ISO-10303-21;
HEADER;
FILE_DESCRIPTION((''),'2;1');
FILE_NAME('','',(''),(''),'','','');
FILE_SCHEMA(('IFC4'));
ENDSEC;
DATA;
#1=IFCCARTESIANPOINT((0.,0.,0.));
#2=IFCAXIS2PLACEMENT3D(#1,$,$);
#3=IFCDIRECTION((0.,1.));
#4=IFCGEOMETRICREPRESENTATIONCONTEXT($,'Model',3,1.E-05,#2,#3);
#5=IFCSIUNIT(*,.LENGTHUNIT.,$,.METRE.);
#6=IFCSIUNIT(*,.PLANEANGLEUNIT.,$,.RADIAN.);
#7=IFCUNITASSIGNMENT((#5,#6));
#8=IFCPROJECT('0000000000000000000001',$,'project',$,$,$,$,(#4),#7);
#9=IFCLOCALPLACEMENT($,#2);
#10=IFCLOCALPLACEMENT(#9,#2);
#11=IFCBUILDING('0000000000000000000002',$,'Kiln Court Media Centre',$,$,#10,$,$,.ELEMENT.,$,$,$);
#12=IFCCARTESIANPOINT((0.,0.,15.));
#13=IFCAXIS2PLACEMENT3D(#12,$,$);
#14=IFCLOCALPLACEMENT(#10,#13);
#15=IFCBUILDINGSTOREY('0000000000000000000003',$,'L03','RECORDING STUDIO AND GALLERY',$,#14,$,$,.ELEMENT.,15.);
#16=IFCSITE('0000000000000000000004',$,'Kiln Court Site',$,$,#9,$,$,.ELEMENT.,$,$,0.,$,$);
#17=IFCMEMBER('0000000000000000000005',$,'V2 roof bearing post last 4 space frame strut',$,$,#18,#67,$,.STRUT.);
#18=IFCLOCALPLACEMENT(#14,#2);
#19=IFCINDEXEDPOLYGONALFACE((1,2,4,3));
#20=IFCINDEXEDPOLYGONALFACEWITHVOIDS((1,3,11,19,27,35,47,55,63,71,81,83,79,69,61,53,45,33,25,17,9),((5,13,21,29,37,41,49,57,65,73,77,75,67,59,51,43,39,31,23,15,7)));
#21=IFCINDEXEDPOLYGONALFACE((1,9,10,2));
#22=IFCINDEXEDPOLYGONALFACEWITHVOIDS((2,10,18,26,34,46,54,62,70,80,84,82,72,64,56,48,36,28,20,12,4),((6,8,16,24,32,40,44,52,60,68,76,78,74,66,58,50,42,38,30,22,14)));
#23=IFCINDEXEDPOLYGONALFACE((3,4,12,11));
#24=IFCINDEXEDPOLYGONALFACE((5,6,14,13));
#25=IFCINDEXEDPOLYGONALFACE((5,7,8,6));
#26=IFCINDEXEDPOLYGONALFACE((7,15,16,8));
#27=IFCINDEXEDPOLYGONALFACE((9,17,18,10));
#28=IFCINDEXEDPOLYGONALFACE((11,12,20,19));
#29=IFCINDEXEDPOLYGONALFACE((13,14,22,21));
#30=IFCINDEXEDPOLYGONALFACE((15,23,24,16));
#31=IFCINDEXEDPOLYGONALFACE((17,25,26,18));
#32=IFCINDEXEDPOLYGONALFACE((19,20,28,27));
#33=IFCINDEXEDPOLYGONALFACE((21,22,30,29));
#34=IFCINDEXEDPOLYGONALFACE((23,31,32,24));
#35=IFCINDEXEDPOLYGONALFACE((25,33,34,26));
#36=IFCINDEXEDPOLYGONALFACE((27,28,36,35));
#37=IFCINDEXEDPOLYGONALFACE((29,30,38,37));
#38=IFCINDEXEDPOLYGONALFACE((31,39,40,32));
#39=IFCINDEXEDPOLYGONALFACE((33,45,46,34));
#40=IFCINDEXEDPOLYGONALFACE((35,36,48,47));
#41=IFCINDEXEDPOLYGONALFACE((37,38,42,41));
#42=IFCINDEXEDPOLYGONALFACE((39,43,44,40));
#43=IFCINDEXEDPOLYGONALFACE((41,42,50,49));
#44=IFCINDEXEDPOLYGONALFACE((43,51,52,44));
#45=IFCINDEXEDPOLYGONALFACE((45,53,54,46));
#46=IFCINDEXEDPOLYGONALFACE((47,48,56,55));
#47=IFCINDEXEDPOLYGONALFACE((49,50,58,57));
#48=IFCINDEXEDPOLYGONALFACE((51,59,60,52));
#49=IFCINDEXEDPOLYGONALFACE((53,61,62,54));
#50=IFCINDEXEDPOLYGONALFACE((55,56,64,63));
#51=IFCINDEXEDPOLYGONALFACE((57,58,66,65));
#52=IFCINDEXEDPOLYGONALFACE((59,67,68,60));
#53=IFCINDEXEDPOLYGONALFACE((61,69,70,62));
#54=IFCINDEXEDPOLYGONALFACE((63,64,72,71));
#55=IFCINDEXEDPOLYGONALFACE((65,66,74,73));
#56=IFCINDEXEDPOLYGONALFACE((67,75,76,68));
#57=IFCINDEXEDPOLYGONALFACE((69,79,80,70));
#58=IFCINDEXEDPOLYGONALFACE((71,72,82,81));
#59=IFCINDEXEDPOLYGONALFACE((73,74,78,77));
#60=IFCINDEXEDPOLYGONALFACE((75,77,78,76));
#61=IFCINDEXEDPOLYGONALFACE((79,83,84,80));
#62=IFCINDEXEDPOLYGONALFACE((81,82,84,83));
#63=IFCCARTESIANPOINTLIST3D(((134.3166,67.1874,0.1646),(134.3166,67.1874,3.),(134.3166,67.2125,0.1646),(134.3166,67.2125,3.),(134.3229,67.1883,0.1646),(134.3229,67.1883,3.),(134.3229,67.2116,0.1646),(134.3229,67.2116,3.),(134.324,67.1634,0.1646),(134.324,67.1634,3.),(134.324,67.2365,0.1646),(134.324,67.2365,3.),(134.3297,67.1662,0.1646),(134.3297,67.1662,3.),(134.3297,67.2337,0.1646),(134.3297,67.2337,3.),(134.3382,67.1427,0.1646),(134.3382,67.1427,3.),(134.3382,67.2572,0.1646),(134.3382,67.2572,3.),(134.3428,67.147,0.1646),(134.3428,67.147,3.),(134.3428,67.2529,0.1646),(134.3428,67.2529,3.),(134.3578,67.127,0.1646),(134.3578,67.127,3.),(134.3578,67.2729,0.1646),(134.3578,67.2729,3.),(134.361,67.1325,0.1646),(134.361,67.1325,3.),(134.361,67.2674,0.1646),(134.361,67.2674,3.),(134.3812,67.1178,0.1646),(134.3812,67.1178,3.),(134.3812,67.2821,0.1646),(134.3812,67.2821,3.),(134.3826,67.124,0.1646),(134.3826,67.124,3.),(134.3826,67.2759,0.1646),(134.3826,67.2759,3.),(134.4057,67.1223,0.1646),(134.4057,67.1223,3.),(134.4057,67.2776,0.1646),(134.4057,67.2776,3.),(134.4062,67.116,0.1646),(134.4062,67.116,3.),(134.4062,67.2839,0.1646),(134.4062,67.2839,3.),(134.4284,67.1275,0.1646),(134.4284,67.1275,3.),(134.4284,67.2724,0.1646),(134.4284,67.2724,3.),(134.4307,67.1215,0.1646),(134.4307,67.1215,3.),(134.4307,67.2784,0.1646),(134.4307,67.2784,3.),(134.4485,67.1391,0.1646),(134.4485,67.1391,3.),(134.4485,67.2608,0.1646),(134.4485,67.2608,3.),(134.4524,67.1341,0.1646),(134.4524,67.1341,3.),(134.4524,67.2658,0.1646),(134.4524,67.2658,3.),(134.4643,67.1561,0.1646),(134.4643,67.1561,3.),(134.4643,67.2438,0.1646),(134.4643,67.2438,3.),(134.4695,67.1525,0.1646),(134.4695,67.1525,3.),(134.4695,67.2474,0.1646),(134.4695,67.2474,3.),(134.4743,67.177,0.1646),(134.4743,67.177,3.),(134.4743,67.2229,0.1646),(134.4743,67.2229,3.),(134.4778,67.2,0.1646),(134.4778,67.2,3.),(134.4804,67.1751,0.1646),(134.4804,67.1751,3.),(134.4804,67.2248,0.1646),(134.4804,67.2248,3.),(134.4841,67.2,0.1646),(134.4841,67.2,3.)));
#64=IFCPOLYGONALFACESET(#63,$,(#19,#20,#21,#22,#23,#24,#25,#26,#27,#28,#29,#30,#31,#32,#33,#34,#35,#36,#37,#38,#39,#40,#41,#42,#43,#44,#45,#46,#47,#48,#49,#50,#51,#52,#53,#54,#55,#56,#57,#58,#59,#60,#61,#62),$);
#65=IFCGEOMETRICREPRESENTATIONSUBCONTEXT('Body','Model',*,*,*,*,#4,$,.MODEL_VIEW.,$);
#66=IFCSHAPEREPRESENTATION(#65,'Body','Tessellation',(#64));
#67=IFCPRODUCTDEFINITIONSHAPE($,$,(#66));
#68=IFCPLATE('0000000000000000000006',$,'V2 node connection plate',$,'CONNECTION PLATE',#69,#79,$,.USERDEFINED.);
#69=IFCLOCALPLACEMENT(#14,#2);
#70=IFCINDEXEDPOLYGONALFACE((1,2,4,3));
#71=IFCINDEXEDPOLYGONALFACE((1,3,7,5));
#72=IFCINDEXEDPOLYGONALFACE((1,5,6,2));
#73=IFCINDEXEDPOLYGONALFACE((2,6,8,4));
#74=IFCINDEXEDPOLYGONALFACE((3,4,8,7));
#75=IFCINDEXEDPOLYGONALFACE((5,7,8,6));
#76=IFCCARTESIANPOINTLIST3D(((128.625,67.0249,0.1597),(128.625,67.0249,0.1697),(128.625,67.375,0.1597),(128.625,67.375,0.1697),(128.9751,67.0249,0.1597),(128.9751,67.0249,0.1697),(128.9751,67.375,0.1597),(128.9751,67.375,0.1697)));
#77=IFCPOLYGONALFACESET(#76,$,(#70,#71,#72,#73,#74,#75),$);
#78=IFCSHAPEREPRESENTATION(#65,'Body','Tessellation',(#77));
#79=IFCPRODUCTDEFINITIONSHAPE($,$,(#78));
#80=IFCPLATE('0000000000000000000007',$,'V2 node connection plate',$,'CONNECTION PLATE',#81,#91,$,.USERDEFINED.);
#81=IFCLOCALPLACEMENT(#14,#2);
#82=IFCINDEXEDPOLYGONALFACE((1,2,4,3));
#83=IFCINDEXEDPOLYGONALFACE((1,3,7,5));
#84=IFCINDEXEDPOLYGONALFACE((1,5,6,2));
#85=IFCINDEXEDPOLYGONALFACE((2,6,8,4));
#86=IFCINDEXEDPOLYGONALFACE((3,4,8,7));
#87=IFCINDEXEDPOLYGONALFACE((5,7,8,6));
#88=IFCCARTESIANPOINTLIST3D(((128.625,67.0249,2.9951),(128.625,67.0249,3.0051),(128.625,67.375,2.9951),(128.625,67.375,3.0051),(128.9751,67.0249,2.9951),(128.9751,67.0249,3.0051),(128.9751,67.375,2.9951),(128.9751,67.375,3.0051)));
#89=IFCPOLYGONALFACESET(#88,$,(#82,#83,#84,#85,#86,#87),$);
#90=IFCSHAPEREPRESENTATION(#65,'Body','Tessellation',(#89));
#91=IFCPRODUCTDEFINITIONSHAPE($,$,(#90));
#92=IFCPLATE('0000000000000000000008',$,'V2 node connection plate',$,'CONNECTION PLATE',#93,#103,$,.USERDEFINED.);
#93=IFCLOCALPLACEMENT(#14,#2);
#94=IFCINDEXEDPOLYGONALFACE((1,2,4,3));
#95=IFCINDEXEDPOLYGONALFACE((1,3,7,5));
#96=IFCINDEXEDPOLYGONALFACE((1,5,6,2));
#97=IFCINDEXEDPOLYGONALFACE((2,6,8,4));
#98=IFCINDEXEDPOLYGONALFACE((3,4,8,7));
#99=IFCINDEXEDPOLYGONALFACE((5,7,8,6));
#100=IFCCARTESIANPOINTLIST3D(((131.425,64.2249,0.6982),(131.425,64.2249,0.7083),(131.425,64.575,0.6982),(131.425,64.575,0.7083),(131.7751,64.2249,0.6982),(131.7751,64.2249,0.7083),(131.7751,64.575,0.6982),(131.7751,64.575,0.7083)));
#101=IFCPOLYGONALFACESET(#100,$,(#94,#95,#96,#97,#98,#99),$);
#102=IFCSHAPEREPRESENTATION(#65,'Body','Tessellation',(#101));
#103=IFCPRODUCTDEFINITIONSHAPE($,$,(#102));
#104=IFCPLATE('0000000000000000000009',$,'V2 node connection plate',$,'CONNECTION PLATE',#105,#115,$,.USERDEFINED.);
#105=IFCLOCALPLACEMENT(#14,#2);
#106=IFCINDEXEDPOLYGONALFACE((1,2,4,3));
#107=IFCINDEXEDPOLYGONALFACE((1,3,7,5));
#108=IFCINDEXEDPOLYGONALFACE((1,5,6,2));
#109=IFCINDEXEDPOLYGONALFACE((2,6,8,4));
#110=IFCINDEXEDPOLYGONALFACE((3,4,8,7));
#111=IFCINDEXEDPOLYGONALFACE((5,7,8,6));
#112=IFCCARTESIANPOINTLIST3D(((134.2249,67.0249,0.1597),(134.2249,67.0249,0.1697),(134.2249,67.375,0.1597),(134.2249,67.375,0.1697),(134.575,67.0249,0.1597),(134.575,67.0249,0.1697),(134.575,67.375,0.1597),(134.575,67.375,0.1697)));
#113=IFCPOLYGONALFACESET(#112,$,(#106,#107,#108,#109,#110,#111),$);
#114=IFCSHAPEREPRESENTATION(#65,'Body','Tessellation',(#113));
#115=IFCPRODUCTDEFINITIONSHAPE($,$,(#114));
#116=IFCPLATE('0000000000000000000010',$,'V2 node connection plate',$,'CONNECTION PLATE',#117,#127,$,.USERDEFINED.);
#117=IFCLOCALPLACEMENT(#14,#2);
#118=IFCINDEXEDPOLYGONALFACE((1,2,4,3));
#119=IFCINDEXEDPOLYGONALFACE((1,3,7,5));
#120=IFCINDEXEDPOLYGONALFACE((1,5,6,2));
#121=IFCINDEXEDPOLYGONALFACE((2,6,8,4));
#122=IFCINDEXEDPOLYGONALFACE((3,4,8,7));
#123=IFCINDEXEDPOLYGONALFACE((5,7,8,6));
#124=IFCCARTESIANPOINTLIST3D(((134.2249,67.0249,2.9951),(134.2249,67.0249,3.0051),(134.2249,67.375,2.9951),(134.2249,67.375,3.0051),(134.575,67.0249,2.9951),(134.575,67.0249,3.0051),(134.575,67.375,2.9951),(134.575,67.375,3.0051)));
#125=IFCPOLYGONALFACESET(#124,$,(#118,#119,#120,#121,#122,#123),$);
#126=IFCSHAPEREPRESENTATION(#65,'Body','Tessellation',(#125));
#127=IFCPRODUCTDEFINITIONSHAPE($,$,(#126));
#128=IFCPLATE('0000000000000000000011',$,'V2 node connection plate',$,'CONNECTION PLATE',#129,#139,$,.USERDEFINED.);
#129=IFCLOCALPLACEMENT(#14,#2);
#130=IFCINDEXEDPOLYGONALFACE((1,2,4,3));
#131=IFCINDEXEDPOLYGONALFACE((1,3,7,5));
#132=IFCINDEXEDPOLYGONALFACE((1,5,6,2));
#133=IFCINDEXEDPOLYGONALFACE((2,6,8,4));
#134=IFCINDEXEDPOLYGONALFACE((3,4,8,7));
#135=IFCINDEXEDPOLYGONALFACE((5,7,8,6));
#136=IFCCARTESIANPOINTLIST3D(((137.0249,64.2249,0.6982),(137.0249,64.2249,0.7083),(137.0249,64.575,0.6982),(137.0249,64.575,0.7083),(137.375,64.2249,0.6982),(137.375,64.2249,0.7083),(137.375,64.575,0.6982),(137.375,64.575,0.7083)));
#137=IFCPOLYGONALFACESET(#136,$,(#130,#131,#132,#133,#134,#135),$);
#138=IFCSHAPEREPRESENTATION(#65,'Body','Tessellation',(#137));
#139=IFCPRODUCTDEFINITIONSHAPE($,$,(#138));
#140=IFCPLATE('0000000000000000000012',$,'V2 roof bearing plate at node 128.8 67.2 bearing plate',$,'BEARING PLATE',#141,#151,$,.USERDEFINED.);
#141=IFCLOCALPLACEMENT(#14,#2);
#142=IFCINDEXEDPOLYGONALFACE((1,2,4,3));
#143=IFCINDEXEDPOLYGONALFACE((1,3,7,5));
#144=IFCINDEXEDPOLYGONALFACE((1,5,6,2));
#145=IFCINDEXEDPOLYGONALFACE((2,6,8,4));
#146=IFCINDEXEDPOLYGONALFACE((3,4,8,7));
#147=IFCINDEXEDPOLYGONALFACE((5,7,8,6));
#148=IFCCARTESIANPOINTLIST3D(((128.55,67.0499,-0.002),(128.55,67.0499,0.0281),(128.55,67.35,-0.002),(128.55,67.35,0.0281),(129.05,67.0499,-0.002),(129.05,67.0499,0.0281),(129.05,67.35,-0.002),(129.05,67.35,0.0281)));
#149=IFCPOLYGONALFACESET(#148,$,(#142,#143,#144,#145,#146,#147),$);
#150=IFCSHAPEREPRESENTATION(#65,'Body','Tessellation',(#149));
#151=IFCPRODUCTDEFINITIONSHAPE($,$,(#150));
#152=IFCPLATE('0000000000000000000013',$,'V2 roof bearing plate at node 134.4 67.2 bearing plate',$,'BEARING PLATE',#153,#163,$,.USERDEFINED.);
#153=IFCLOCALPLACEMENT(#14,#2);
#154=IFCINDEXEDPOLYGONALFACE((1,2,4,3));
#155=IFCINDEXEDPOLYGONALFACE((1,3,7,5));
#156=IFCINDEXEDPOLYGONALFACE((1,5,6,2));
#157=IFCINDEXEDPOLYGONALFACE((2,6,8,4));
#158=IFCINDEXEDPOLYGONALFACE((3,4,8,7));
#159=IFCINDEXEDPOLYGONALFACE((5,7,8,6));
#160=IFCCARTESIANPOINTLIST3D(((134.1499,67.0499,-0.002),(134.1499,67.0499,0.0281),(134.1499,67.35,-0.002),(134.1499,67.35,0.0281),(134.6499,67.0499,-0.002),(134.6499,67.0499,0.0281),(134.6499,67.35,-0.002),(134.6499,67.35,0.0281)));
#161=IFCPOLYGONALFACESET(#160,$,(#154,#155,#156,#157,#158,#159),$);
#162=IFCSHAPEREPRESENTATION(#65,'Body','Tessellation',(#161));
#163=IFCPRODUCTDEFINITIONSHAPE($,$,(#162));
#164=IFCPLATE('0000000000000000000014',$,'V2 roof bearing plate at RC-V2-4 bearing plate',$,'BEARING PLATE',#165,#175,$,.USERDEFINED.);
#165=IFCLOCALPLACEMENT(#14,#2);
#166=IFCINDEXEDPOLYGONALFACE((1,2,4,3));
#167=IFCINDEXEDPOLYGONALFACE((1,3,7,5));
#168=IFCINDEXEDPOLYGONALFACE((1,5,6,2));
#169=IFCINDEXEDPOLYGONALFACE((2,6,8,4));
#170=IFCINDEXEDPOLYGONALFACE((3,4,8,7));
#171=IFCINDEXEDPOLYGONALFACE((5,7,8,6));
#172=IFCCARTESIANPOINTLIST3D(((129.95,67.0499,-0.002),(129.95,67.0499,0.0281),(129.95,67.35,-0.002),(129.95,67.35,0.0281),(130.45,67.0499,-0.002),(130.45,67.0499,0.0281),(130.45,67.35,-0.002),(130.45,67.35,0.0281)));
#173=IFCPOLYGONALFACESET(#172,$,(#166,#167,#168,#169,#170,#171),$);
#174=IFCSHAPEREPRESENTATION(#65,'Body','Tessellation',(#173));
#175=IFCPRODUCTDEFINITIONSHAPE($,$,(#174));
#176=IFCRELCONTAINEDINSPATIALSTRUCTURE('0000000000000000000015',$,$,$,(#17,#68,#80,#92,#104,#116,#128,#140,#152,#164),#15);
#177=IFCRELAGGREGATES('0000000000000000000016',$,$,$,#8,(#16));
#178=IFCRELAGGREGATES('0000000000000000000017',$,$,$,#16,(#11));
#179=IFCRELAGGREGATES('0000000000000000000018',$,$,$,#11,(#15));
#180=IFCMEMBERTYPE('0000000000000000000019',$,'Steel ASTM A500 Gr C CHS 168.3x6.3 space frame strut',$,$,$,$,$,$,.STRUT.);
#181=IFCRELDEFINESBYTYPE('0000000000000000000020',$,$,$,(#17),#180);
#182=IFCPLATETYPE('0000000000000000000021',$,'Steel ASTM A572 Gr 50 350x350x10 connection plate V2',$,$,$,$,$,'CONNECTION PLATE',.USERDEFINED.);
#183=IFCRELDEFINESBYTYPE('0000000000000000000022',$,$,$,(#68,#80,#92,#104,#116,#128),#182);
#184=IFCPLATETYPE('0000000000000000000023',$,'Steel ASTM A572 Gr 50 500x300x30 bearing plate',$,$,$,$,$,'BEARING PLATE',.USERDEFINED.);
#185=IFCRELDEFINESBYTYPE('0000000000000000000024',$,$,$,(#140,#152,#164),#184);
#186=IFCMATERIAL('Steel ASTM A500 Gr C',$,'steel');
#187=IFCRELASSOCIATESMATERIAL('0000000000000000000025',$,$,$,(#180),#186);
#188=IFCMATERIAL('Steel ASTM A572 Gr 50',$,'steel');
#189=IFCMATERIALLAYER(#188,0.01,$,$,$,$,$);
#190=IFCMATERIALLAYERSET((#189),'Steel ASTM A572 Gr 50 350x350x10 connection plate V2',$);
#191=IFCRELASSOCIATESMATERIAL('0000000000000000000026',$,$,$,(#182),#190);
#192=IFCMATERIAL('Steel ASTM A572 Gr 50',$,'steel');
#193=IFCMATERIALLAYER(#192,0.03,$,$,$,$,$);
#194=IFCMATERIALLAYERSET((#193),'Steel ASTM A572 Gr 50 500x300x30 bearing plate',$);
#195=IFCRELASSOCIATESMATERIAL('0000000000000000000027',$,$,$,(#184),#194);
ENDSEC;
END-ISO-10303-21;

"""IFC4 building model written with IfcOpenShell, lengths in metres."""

from ifc_helpers import new_model, si_unit, direction, frame, origin, origin_2d, place, context, subcontext, project, spatial, rectangle, hollow_circle, extrude, material, layer, layer_set, material_profile, profile_set, type_object, element, save


model = new_model("IFC4")

# Units and contexts
model_context = context("Model", 3, precision=1e-05, world=origin(), true_north=direction((0.0, 1.0)))
body_context = subcontext(model_context, "Body", "Model", "MODEL_VIEW")
ifc_project = project(units=[si_unit("LENGTHUNIT", "METRE"), si_unit("PLANEANGLEUNIT", "RADIAN")], contexts=[model_context])

# Site, building, storey
site_placement = place(None, origin())
site = spatial("IfcSite", under=ifc_project, at=site_placement, Name="Kiln Court Site", CompositionType="ELEMENT", RefElevation=0.0)
building_placement = place(site_placement, origin())
building = spatial("IfcBuilding", under=site, at=building_placement, Name="Kiln Court Media Centre", CompositionType="ELEMENT")
storey_placement = place(building_placement, frame((0.0, 0.0, 15.0)))
storey = spatial("IfcBuildingStorey", under=building, at=storey_placement, Name="L03", Description="RECORDING STUDIO AND GALLERY", CompositionType="ELEMENT", Elevation=15.0)

# Member
ifc_material_1 = material(Name="Steel ASTM A500 Gr C", Category="steel")
ifc_material_profile_1 = material_profile(ifc_material_1, hollow_circle(Radius=0.0842, WallThickness=0.0063, at=origin_2d()), Name="CHS 168.3x6.3")
ifc_profile_set_1 = profile_set([ifc_material_profile_1], Name="Steel ASTM A500 Gr C")
member_type_1 = type_object("IfcMemberType", Name="Steel ASTM A500 Gr C CHS 168.3x6.3 space frame strut", PredefinedType="STRUT", material=ifc_profile_set_1)
for number, where, z_axis, x_axis, name in (
    (1, (134.3999, 67.2, 0.1646), (0.0, 0.0, 1.0), (1.0, 0.0, 0.0), "V2 roof bearing post last 4 space frame strut"),
):
    element("IfcMember", number, at=place(storey_placement, frame(where, z_axis=z_axis, x_axis=x_axis)), inside=storey, type_object=member_type_1, Name=name, PredefinedType="STRUT", context=body_context, shape_type="SweptSolid", body=[
        extrude(hollow_circle(Radius=0.0842, WallThickness=0.0063, at=origin_2d()), origin(), (0.0, 0.0, 1.0), 2.8354),
    ])

# Plates
ifc_material_2 = material(Name="Steel ASTM A572 Gr 50", Category="steel")
ifc_layer_1 = layer(ifc_material_2, 0.01)
ifc_layer_set_1 = layer_set([ifc_layer_1], Name="Steel ASTM A572 Gr 50 350x350x10 connection plate V2")
plate_type_1 = type_object("IfcPlateType", Name="Steel ASTM A572 Gr 50 350x350x10 connection plate V2", ElementType="CONNECTION PLATE", PredefinedType="USERDEFINED", material=ifc_layer_set_1)
for number, where, z_axis, x_axis, name in (
    (2, (128.8, 67.2, 0.1597), (0.0, 0.0, 1.0), (1.0, 0.0, 0.0), "V2 node connection plate"),
    (3, (128.8, 67.2, 2.9951), (0.0, 0.0, 1.0), (1.0, 0.0, 0.0), "V2 node connection plate"),
    (4, (131.6001, 64.3999, 0.6982), (0.0, 0.0, 1.0), (1.0, 0.0, 0.0), "V2 node connection plate"),
    (5, (134.3999, 67.2, 0.1597), (0.0, 0.0, 1.0), (1.0, 0.0, 0.0), "V2 node connection plate"),
    (6, (134.3999, 67.2, 2.9951), (0.0, 0.0, 1.0), (1.0, 0.0, 0.0), "V2 node connection plate"),
    (7, (137.2, 64.3999, 0.6982), (0.0, 0.0, 1.0), (1.0, 0.0, 0.0), "V2 node connection plate"),
):
    element("IfcPlate", number, at=place(storey_placement, frame(where, z_axis=z_axis, x_axis=x_axis)), inside=storey, type_object=plate_type_1, Name=name, ObjectType="CONNECTION PLATE", PredefinedType="USERDEFINED", context=body_context, shape_type="SweptSolid", body=[
        extrude(rectangle(XDim=0.3501, YDim=0.3501, at=origin_2d()), origin(), (0.0, 0.0, 1.0), 0.01),
    ])
ifc_material_3 = material(Name="Steel ASTM A572 Gr 50", Category="steel")
ifc_layer_2 = layer(ifc_material_3, 0.03)
ifc_layer_set_2 = layer_set([ifc_layer_2], Name="Steel ASTM A572 Gr 50 500x300x30 bearing plate")
plate_type_2 = type_object("IfcPlateType", Name="Steel ASTM A572 Gr 50 500x300x30 bearing plate", ElementType="BEARING PLATE", PredefinedType="USERDEFINED", material=ifc_layer_set_2)
for number, where, z_axis, x_axis, name in (
    (8, (128.8, 67.2, -0.002), (0.0, 0.0, 1.0), (1.0, 0.0, 0.0), "V2 roof bearing plate at node 128.8 67.2 bearing plate"),
    (9, (134.3999, 67.2, -0.002), (0.0, 0.0, 1.0), (1.0, 0.0, 0.0), "V2 roof bearing plate at node 134.4 67.2 bearing plate"),
    (10, (130.2, 67.2, -0.002), (0.0, 0.0, 1.0), (1.0, 0.0, 0.0), "V2 roof bearing plate at RC-V2-4 bearing plate"),
):
    element("IfcPlate", number, at=place(storey_placement, frame(where, z_axis=z_axis, x_axis=x_axis)), inside=storey, type_object=plate_type_2, Name=name, ObjectType="BEARING PLATE", PredefinedType="USERDEFINED", context=body_context, shape_type="SweptSolid", body=[
        extrude(rectangle(XDim=0.5, YDim=0.3, at=origin_2d()), origin(), (0.0, 0.0, 1.0), 0.03),
    ])

save(model, "model.ifc")
